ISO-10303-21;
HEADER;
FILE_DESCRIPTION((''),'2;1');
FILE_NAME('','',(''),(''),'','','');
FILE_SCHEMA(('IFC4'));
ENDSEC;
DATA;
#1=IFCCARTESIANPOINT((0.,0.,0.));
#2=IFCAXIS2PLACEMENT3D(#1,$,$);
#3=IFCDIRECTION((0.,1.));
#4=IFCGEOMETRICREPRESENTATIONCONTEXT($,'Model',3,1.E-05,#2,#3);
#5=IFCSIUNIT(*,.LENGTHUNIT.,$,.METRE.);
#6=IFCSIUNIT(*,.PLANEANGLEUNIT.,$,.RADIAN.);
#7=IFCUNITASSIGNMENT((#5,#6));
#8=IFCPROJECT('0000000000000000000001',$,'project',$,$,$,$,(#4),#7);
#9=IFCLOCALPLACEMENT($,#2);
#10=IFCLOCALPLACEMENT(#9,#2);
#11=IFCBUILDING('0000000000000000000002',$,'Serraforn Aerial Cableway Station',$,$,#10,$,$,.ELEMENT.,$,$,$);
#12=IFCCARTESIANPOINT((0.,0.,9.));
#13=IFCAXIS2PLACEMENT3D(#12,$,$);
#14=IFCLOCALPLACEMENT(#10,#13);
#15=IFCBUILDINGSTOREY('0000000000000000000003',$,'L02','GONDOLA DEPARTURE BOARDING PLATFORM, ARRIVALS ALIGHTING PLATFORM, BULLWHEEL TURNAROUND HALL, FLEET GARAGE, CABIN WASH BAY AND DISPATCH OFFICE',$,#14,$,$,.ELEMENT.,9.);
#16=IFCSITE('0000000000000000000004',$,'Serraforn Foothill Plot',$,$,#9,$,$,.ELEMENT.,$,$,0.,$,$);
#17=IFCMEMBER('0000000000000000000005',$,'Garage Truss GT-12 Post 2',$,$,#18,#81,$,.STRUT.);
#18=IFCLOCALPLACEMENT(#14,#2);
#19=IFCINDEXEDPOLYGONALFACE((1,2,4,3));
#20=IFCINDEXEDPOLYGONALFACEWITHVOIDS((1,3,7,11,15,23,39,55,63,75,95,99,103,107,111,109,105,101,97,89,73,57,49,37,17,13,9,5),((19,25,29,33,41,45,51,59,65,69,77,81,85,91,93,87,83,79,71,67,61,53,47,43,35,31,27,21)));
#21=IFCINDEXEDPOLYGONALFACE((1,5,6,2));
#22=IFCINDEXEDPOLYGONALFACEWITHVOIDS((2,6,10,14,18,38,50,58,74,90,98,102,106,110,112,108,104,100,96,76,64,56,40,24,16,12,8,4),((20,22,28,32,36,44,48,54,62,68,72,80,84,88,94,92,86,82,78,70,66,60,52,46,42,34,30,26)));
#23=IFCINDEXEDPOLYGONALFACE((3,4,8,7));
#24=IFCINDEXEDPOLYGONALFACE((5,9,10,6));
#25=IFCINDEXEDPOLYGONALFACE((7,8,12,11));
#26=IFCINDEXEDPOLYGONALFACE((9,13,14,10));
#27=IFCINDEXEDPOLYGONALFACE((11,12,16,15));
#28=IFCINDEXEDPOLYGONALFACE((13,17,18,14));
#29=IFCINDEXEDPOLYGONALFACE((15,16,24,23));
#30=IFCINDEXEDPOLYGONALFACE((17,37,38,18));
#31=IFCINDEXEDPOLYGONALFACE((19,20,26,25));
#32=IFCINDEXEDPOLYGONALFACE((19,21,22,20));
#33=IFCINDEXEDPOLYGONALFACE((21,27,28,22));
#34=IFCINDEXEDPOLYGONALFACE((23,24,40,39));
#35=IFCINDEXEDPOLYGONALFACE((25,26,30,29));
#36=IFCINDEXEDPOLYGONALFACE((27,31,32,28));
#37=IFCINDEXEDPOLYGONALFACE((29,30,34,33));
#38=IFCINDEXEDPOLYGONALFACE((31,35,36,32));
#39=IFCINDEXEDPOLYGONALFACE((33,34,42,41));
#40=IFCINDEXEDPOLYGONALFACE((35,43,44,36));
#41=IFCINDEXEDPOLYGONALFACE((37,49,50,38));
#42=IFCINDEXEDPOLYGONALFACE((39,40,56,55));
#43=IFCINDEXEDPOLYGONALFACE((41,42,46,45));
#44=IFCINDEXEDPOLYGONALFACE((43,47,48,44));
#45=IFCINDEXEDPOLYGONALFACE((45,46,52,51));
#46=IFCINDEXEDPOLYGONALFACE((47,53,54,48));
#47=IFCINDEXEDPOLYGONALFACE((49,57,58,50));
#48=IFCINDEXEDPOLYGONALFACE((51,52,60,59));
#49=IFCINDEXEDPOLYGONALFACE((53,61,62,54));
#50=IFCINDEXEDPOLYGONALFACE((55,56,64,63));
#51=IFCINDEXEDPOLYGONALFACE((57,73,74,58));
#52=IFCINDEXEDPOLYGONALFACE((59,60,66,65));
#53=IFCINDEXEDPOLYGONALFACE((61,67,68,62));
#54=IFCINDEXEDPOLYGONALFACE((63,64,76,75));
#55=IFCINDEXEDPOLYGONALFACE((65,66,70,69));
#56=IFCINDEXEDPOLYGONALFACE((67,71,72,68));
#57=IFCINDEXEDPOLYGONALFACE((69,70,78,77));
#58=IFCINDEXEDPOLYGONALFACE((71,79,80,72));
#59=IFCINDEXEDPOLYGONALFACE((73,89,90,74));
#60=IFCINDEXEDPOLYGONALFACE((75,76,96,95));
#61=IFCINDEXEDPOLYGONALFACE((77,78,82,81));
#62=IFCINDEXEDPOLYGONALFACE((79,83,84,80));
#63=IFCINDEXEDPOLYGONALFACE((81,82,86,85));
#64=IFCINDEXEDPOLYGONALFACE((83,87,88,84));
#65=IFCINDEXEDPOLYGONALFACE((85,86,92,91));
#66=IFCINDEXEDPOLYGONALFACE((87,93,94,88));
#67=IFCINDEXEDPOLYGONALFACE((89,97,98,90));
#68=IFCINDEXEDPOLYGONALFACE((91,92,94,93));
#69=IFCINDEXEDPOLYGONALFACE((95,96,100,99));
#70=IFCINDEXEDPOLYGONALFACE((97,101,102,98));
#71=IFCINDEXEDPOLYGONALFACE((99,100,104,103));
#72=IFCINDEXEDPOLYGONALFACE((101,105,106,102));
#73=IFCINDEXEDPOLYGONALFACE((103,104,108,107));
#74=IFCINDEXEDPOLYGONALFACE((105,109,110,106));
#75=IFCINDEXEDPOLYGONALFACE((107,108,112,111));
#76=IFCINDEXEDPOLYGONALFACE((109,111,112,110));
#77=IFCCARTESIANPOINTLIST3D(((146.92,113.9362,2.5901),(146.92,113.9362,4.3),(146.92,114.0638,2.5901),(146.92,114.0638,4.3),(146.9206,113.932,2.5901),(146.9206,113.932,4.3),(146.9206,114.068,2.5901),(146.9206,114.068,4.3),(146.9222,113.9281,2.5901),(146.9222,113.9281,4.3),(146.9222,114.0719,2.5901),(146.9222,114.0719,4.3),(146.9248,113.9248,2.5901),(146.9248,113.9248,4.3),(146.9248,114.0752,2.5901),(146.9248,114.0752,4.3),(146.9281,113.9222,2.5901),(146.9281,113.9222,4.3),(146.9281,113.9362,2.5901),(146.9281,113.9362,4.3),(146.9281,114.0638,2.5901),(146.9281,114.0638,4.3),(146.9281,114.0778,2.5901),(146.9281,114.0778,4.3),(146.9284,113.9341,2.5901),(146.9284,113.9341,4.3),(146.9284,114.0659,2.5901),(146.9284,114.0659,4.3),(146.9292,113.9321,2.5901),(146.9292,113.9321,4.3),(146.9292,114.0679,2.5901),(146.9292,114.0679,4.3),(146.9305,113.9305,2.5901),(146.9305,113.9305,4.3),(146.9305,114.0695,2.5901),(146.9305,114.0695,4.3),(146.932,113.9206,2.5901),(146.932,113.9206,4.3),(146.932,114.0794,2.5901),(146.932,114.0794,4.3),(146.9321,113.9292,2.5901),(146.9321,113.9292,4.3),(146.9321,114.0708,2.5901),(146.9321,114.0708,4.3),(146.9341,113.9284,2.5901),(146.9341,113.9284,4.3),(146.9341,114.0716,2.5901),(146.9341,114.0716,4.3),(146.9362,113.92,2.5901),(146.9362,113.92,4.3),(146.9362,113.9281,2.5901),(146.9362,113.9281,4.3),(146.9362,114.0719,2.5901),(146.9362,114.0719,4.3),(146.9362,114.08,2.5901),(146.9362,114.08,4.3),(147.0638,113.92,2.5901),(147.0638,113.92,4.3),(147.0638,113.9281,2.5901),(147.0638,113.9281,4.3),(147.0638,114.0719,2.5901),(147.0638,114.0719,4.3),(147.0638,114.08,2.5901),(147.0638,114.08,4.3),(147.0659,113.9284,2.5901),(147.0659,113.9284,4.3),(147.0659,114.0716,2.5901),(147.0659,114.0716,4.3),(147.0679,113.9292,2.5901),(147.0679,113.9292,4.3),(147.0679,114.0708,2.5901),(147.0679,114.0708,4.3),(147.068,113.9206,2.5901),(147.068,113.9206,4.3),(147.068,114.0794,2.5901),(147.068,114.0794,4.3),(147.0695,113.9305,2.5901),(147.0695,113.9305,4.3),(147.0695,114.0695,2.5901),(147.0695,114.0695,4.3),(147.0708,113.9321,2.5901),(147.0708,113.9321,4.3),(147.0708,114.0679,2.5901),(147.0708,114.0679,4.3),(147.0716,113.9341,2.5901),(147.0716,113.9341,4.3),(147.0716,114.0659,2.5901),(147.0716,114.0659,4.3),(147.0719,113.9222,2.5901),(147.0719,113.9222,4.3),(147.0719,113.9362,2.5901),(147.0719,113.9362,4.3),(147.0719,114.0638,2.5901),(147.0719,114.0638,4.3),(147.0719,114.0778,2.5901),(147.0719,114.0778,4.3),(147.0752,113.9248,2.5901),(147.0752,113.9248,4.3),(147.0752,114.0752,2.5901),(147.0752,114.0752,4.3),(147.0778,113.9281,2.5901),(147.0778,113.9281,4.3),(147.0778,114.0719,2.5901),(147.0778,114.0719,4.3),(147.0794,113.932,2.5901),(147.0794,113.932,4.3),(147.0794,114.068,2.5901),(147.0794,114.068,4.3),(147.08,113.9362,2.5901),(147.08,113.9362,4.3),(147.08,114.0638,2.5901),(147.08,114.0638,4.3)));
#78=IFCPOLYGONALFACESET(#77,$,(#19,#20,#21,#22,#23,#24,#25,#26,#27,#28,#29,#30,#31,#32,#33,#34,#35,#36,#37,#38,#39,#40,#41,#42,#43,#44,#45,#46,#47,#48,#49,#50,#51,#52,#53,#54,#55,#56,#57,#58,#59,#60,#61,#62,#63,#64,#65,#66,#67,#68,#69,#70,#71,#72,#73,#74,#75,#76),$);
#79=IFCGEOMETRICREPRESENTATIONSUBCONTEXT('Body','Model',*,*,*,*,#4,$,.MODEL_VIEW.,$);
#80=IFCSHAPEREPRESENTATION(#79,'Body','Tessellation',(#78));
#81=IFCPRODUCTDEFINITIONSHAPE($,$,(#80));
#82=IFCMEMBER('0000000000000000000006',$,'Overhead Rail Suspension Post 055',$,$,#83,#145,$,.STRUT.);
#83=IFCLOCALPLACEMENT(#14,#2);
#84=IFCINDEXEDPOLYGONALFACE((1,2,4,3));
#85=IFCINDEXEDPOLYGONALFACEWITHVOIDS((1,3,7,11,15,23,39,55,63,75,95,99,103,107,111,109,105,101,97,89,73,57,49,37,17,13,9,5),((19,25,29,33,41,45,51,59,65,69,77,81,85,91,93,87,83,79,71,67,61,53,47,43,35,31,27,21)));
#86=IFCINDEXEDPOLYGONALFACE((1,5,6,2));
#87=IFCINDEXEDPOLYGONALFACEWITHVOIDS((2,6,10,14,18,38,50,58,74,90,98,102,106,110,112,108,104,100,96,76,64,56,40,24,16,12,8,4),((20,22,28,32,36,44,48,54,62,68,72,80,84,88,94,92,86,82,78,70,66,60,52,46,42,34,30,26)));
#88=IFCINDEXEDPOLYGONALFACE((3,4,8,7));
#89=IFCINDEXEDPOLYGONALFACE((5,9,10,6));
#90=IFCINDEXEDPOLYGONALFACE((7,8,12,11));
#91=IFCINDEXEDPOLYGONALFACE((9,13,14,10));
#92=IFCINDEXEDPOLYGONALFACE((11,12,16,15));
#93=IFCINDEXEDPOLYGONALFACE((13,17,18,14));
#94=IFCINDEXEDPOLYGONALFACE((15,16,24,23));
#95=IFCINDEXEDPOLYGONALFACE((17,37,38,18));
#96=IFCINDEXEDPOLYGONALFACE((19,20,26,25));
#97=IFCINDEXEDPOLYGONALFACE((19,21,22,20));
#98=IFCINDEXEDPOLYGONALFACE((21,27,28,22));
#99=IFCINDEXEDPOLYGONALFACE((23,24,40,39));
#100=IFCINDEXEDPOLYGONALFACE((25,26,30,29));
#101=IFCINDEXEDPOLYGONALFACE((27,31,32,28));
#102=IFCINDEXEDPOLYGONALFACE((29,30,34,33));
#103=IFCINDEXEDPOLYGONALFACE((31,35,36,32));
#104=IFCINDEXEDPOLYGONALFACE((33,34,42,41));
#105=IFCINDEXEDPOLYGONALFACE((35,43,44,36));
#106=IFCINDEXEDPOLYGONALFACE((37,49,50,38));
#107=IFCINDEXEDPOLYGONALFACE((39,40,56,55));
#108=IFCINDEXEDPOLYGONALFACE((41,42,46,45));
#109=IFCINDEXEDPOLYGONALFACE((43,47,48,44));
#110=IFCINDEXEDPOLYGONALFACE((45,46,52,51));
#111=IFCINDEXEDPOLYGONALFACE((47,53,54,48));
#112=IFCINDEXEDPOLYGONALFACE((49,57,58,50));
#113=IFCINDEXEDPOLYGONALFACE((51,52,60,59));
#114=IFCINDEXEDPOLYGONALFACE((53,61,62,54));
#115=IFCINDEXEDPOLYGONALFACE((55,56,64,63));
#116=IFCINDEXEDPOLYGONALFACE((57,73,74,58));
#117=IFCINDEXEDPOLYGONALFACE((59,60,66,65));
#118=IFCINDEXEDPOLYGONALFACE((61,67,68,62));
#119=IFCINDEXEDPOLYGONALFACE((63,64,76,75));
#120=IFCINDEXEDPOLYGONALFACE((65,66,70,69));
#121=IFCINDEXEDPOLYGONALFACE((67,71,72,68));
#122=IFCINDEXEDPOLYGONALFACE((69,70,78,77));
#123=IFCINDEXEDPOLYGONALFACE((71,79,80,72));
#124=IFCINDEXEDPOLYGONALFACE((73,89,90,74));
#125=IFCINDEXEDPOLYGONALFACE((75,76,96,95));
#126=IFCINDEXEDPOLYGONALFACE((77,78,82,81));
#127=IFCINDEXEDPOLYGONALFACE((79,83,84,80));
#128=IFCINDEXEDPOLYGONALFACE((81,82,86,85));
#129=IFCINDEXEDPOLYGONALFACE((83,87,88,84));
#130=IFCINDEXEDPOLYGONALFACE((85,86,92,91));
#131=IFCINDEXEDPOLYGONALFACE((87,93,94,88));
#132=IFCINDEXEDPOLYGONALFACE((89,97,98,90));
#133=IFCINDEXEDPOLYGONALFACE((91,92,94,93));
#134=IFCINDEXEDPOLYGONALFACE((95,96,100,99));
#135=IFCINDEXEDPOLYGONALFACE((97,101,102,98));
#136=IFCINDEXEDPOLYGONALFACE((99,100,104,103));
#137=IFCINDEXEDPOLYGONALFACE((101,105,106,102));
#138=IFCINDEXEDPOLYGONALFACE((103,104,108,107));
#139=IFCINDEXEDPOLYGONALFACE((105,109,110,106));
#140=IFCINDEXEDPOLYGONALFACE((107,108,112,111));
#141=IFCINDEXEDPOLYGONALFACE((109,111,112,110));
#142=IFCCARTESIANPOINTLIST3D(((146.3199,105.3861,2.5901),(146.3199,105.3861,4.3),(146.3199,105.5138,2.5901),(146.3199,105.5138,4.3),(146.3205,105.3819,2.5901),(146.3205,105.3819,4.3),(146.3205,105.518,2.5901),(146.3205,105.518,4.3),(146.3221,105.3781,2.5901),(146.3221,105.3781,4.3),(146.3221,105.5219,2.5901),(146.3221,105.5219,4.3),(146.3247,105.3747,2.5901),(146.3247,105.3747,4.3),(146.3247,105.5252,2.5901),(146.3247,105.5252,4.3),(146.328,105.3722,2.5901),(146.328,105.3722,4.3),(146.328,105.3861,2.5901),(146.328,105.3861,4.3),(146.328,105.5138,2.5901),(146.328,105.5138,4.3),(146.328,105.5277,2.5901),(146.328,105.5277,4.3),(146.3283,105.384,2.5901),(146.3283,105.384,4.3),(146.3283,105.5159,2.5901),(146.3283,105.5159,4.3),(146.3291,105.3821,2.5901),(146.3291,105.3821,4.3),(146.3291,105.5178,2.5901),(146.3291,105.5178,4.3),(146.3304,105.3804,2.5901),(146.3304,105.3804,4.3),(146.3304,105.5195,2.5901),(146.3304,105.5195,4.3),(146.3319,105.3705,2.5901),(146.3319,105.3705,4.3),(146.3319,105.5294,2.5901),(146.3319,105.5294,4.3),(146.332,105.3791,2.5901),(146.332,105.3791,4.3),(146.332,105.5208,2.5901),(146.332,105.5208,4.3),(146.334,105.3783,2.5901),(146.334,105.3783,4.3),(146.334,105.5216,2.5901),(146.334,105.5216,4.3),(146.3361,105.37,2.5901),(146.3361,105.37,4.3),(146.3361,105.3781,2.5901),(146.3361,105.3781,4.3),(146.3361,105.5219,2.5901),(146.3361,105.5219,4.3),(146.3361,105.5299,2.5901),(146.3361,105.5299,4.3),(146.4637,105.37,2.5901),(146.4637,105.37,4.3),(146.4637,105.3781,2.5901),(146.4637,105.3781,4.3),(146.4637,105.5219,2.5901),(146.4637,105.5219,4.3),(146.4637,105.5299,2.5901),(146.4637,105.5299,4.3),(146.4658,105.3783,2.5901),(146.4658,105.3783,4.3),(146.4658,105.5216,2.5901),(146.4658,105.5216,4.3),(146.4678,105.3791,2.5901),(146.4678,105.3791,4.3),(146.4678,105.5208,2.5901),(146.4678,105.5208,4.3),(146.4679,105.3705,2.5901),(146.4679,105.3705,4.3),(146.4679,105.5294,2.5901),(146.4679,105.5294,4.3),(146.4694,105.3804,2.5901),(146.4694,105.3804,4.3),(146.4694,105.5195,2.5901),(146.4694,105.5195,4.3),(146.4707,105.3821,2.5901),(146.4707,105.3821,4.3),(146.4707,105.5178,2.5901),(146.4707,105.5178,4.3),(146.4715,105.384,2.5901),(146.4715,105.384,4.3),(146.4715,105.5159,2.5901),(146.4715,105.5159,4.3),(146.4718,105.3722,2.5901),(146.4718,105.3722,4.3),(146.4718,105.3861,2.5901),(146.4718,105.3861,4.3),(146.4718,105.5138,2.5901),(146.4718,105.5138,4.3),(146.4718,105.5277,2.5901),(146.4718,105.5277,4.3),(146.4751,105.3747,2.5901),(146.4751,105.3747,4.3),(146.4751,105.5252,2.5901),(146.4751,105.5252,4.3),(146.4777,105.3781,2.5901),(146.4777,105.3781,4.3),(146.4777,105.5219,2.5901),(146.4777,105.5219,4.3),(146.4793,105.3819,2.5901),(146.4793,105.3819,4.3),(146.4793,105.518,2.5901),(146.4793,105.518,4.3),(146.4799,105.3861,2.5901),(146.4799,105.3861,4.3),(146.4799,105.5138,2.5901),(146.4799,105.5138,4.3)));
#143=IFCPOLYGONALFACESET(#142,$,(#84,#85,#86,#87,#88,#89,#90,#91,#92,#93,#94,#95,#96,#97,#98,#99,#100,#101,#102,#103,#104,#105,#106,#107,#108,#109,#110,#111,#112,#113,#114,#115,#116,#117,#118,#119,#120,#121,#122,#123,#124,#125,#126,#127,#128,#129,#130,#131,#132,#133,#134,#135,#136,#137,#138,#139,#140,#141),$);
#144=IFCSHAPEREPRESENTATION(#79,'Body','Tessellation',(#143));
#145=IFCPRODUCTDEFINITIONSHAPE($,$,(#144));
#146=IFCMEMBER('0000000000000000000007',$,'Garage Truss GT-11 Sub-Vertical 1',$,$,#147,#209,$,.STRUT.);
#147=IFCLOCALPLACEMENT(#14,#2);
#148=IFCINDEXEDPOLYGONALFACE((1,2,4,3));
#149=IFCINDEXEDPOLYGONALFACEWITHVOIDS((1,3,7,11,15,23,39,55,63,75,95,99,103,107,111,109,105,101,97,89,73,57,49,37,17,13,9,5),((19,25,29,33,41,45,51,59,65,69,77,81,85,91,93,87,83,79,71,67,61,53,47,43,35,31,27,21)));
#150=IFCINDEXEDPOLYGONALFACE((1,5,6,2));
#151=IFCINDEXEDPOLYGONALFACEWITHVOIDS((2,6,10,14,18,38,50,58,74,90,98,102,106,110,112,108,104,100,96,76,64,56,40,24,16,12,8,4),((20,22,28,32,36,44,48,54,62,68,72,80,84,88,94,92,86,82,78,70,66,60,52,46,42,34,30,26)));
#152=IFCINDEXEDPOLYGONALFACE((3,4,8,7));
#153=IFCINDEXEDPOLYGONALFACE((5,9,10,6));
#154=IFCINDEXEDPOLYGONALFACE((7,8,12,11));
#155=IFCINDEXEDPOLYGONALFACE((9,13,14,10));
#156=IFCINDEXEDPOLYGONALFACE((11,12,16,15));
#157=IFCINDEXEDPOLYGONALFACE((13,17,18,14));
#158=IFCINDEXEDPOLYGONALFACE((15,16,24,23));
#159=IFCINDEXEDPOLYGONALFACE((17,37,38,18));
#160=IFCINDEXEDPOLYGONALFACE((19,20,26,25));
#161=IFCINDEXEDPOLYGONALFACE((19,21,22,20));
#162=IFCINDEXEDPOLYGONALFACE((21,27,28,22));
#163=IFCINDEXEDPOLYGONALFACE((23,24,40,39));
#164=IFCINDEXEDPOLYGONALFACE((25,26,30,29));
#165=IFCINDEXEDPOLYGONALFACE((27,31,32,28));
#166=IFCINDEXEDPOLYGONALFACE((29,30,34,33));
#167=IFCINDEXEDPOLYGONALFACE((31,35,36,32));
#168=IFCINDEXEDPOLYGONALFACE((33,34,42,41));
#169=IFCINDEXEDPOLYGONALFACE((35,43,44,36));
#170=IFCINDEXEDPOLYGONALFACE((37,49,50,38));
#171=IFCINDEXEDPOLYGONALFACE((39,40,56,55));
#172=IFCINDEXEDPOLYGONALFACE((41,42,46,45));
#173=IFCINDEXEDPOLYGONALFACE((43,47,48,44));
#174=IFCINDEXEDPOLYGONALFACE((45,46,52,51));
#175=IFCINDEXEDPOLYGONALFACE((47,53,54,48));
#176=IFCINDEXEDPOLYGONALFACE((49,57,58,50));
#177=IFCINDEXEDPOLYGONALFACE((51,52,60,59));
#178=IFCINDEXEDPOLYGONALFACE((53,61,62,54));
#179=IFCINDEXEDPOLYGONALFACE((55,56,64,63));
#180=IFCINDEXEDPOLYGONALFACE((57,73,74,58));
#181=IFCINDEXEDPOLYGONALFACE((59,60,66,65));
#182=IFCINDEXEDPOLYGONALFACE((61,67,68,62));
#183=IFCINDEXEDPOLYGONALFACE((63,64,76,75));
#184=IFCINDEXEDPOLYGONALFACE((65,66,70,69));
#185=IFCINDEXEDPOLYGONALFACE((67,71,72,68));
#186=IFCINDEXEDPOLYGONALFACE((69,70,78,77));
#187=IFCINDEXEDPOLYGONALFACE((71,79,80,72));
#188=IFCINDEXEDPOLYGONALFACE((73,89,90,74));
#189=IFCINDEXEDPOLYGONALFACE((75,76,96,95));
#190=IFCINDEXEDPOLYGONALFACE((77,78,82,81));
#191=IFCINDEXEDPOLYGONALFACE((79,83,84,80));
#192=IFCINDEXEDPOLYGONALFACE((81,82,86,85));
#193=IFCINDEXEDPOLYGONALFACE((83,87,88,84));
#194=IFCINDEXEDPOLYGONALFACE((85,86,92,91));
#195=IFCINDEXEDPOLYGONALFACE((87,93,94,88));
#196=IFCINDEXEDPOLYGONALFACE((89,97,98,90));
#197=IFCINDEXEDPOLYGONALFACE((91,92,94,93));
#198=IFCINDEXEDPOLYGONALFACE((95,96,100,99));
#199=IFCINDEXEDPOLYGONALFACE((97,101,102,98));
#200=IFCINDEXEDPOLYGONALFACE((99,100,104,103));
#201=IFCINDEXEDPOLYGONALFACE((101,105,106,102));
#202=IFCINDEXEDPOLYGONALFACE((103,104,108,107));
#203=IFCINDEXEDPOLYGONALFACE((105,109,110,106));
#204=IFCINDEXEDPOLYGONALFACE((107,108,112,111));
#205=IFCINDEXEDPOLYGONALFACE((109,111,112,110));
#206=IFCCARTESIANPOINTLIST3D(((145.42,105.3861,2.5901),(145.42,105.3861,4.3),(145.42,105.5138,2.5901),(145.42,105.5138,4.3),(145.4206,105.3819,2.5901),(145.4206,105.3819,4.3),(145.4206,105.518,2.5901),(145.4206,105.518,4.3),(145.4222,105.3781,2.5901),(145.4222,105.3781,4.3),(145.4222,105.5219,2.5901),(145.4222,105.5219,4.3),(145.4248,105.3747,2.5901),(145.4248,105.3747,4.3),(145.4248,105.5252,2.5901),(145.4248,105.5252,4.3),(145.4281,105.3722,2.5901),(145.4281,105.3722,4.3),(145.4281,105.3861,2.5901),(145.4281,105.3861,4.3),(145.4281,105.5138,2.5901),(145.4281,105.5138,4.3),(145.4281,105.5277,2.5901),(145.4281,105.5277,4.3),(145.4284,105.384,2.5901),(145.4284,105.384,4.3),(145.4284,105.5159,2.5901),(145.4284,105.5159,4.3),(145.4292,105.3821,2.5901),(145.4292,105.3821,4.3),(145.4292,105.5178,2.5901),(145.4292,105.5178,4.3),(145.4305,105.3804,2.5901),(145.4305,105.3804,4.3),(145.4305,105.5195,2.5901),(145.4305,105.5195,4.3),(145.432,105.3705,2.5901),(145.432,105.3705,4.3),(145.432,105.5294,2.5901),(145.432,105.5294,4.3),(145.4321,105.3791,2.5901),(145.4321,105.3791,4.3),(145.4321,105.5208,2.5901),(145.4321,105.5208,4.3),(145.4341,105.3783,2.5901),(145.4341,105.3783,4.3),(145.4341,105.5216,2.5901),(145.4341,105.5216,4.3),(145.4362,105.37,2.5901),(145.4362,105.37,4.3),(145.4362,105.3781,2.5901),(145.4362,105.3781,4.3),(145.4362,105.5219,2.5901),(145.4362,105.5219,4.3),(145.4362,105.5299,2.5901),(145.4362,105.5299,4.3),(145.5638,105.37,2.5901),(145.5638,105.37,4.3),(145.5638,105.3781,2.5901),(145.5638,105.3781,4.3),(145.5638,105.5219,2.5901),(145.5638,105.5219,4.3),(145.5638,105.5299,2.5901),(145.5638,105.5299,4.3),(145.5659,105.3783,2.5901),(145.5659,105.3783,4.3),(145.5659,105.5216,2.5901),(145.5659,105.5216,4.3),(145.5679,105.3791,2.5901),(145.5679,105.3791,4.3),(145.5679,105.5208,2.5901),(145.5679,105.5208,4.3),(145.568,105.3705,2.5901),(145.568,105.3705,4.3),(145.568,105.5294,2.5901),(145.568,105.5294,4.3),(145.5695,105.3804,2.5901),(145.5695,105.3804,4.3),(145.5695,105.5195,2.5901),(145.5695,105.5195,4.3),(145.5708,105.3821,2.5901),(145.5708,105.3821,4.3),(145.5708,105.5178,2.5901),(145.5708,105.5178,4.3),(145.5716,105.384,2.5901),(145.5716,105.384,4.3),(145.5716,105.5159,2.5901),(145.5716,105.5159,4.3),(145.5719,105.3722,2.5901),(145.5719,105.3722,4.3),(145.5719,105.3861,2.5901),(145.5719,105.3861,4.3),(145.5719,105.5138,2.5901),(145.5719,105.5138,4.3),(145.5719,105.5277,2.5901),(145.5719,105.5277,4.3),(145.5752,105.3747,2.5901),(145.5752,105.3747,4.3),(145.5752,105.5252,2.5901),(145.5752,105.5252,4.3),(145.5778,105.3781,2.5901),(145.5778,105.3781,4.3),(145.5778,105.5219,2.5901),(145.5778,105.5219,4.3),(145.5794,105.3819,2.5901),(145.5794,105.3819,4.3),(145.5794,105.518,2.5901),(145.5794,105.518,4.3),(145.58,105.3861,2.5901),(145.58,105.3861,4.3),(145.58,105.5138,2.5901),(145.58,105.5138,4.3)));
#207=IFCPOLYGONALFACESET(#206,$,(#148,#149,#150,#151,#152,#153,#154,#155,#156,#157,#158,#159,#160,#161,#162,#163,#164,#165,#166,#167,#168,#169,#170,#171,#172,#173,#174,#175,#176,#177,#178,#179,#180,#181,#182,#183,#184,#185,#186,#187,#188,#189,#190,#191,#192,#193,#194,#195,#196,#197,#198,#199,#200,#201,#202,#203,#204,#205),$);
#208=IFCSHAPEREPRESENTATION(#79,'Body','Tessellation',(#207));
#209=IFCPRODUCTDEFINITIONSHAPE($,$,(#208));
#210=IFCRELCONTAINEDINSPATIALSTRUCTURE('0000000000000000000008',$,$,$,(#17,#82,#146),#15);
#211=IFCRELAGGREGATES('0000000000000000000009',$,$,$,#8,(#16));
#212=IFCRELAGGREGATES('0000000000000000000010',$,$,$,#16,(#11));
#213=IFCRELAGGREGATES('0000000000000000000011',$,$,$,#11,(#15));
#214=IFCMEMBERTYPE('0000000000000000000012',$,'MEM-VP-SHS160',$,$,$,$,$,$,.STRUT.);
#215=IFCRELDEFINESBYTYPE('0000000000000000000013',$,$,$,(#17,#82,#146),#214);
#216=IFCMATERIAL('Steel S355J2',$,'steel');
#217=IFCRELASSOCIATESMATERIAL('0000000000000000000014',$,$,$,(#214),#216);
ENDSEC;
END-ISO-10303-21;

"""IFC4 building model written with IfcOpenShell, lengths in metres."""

from ifc_helpers import new_model, si_unit, direction, frame, origin, origin_2d, place, context, subcontext, project, spatial, hollow_rectangle, extrude, material, material_profile, profile_set, type_object, element, save


model = new_model("IFC4")

# Units and contexts
model_context = context("Model", 3, precision=1e-05, world=origin(), true_north=direction((0.0, 1.0)))
body_context = subcontext(model_context, "Body", "Model", "MODEL_VIEW")
ifc_project = project(units=[si_unit("LENGTHUNIT", "METRE"), si_unit("PLANEANGLEUNIT", "RADIAN")], contexts=[model_context])

# Site, building, storey
site_placement = place(None, origin())
site = spatial("IfcSite", under=ifc_project, at=site_placement, Name="Serraforn Foothill Plot", CompositionType="ELEMENT", RefElevation=0.0)
building_placement = place(site_placement, origin())
building = spatial("IfcBuilding", under=site, at=building_placement, Name="Serraforn Aerial Cableway Station", CompositionType="ELEMENT")
storey_placement = place(building_placement, frame((0.0, 0.0, 9.0)))
storey = spatial("IfcBuildingStorey", under=building, at=storey_placement, Name="L02", Description="GONDOLA DEPARTURE BOARDING PLATFORM, ARRIVALS ALIGHTING PLATFORM, BULLWHEEL TURNAROUND HALL, FLEET GARAGE, CABIN WASH BAY AND DISPATCH OFFICE", CompositionType="ELEMENT", Elevation=9.0)

# Shared definitions
ifc_material_1 = material(Name="Steel S355J2", Category="steel")

# Members
ifc_material_profile_1 = material_profile(ifc_material_1, hollow_rectangle(XDim=0.1599, YDim=0.1599, WallThickness=0.0081, InnerFilletRadius=0.0081, OuterFilletRadius=0.0161, at=origin_2d()), Name="SHS 160x160x8.0")
ifc_profile_set_1 = profile_set([ifc_material_profile_1], Name="Steel S355J2")
member_type_1 = type_object("IfcMemberType", Name="MEM-VP-SHS160", PredefinedType="STRUT", material=ifc_profile_set_1)
for number, where, z_axis, x_axis, name in (
    (1, (147.0, 114.0, 2.5901), (0.0, 0.0, 1.0), (1.0, 0.0, 0.0), "Garage Truss GT-12 Post 2"),
    (2, (146.3999, 105.45, 2.5901), (0.0, 0.0, 1.0), (1.0, 0.0, 0.0), "Overhead Rail Suspension Post 055"),
    (3, (145.5, 105.45, 2.5901), (0.0, 0.0, 1.0), (1.0, 0.0, 0.0), "Garage Truss GT-11 Sub-Vertical 1"),
):
    element("IfcMember", number, at=place(storey_placement, frame(where, z_axis=z_axis, x_axis=x_axis)), inside=storey, type_object=member_type_1, Name=name, PredefinedType="STRUT", context=body_context, shape_type="SweptSolid", body=[
        extrude(hollow_rectangle(XDim=0.1599, YDim=0.1599, WallThickness=0.0081, InnerFilletRadius=0.0081, OuterFilletRadius=0.0161, at=origin_2d()), origin(), (0.0, 0.0, 1.0), 1.71),
    ])

save(model, "model.ifc")
